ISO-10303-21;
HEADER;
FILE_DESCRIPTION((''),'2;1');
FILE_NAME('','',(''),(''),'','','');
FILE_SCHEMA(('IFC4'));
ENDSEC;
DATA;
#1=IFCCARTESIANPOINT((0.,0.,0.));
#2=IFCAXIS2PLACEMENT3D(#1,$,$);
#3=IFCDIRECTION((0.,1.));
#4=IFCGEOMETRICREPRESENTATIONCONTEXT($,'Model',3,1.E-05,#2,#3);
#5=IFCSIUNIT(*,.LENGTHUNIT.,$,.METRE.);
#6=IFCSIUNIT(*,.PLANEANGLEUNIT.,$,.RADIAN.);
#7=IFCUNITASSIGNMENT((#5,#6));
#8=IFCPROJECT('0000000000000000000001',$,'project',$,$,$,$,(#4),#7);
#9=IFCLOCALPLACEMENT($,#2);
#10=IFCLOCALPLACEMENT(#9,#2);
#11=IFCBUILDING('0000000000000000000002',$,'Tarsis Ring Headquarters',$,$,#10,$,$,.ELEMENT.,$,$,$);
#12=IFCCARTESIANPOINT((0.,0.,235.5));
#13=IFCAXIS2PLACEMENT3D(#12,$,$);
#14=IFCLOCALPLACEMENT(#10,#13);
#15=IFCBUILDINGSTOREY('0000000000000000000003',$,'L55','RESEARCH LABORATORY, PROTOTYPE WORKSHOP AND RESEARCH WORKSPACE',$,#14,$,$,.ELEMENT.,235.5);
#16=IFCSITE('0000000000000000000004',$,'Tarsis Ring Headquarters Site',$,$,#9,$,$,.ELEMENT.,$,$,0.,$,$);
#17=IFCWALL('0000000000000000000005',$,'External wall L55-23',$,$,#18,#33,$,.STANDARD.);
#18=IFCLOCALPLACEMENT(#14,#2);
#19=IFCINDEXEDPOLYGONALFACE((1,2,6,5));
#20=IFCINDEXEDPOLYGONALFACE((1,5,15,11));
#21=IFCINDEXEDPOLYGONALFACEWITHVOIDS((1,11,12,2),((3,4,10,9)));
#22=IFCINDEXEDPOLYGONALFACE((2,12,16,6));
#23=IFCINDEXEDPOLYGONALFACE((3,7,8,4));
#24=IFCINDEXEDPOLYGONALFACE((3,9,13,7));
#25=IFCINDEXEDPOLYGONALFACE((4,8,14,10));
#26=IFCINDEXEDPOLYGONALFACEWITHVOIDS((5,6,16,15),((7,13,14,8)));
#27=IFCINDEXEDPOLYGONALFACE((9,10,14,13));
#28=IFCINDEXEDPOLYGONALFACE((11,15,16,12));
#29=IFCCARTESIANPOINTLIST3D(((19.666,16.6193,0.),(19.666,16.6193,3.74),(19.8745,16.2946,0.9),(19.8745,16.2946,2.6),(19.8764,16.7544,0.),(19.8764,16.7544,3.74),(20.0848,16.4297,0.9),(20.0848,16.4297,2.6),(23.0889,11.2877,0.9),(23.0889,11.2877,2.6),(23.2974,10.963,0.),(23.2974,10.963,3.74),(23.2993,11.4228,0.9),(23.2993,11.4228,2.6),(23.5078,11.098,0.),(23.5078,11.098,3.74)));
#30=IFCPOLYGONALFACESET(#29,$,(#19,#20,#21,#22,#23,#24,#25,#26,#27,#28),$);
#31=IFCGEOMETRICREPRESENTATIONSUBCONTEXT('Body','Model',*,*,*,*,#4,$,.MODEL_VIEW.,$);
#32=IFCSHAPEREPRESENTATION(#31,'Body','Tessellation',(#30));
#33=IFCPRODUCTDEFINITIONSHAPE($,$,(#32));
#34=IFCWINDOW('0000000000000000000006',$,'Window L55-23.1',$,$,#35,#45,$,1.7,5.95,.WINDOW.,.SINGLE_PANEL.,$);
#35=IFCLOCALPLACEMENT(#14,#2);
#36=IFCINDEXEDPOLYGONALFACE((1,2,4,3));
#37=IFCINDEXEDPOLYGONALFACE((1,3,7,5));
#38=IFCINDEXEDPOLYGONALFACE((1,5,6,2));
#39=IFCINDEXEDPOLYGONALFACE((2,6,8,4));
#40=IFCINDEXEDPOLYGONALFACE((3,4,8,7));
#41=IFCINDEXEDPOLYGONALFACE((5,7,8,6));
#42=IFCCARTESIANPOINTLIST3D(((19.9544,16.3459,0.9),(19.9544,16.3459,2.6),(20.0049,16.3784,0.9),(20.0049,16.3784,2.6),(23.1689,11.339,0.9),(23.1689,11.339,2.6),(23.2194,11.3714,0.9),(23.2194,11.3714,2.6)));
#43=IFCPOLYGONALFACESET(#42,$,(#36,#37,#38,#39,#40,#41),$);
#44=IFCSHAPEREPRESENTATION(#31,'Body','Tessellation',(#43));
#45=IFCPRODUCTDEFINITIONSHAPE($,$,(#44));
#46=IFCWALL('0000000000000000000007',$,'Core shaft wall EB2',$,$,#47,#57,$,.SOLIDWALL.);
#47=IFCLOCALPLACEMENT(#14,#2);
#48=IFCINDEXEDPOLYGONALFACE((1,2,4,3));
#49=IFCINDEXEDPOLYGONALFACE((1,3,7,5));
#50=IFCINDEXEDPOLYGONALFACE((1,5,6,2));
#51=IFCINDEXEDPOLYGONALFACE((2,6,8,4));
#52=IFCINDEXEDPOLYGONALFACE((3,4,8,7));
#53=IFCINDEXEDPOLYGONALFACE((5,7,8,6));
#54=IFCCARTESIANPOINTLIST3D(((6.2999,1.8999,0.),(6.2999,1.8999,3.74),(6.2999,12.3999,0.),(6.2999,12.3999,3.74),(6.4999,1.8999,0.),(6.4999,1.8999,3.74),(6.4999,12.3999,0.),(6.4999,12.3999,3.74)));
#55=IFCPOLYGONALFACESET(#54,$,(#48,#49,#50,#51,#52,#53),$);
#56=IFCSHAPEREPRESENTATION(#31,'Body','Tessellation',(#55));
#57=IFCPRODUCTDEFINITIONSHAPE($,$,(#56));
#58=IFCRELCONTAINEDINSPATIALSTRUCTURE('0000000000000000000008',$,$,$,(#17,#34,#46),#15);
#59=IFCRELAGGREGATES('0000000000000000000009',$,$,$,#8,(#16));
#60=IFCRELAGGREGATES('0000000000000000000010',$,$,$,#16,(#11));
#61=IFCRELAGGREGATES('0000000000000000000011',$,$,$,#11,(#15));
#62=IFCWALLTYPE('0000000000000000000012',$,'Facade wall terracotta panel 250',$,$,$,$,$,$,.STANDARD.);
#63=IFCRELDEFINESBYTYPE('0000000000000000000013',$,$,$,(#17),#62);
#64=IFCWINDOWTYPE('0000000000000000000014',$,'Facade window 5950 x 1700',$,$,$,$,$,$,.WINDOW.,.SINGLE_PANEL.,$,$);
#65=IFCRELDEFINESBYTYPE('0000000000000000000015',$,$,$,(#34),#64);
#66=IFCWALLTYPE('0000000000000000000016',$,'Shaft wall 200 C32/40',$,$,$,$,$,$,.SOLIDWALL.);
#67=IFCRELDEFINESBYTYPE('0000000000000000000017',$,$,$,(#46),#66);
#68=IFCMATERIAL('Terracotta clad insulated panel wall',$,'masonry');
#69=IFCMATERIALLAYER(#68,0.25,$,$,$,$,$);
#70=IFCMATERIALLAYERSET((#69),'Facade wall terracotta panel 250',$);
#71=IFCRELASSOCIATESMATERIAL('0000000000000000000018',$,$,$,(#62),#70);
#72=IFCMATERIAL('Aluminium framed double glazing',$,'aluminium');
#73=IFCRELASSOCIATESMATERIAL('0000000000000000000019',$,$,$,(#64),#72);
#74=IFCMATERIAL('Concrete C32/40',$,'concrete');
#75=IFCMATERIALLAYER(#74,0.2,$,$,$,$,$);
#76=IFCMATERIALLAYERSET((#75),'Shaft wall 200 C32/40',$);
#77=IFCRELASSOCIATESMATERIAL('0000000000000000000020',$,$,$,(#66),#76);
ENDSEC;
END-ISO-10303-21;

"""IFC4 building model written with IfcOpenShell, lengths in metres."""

from ifc_helpers import new_model, si_unit, direction, frame, frame_2d, origin, place, context, subcontext, project, spatial, rectangle, extrude, material, layer, layer_set, type_object, element, fill, save


model = new_model("IFC4")

# Units and contexts
model_context = context("Model", 3, precision=1e-05, world=origin(), true_north=direction((0.0, 1.0)))
body_context = subcontext(model_context, "Body", "Model", "MODEL_VIEW")
ifc_project = project(units=[si_unit("LENGTHUNIT", "METRE"), si_unit("PLANEANGLEUNIT", "RADIAN")], contexts=[model_context])

# Site, building, storey
site_placement = place(None, origin())
site = spatial("IfcSite", under=ifc_project, at=site_placement, Name="Tarsis Ring Headquarters Site", CompositionType="ELEMENT", RefElevation=0.0)
building_placement = place(site_placement, origin())
building = spatial("IfcBuilding", under=site, at=building_placement, Name="Tarsis Ring Headquarters", CompositionType="ELEMENT")
storey_placement = place(building_placement, frame((0.0, 0.0, 235.5)))
storey = spatial("IfcBuildingStorey", under=building, at=storey_placement, Name="L55", Description="RESEARCH LABORATORY, PROTOTYPE WORKSHOP AND RESEARCH WORKSPACE", CompositionType="ELEMENT", Elevation=235.5)

# Wall, opening, window
ifc_material_1 = material(Name="Terracotta clad insulated panel wall", Category="masonry")
ifc_layer_1 = layer(ifc_material_1, 0.25)
ifc_layer_set_1 = layer_set([ifc_layer_1], Name="Facade wall terracotta panel 250")
wall_type_1 = type_object("IfcWallType", Name="Facade wall terracotta panel 250", PredefinedType="STANDARD", material=ifc_layer_set_1)
ifc_material_2 = material(Name="Aluminium framed double glazing", Category="aluminium")
window_type = type_object("IfcWindowType", Name="Facade window 5950 x 1700", PartitioningType="SINGLE_PANEL", PredefinedType="WINDOW", material=ifc_material_2)
wall_1_placement = place(storey_placement, frame((23.4026, 11.0305, 0.0), z_axis=(0.0, 0.0, 1.0), x_axis=(-0.540251, 0.841504, 0.0)))
wall_1 = element("IfcWall", 1, at=wall_1_placement, inside=storey, type_object=wall_type_1, Name="External wall L55-23", PredefinedType="STANDARD", context=body_context, shape_type="SweptSolid", body=[
    extrude(rectangle(XDim=6.7217, YDim=0.25, at=frame_2d((3.3608, 0.0))), origin(), (0.0, 0.0, 1.0), 3.74),
])
opening_1_placement = place(wall_1_placement, frame((0.3857, 0.0, 0.8999)))
opening_1 = element("IfcOpeningElement", 2, at=opening_1_placement, cuts=wall_1, PredefinedType="OPENING", context=body_context, shape_type="SweptSolid", body=[
    extrude(rectangle(XDim=5.95, YDim=1.7, at=frame_2d((2.9751, 0.8501))), frame((0.0, 0.135, 0.0), z_axis=(0.0, -1.0, 0.0), x_axis=(1.0, 0.0, 0.0)), (0.0, 0.0, 1.0), 0.27),
])
window_1_placement = place(opening_1_placement, origin())
window_1 = element("IfcWindow", 3, at=window_1_placement, inside=storey, type_object=window_type, Name="Window L55-23.1", OverallHeight=1.7, OverallWidth=5.95, PartitioningType="SINGLE_PANEL", PredefinedType="WINDOW", context=body_context, shape_type="SweptSolid", body=[
    extrude(rectangle(XDim=5.95, YDim=1.7, at=frame_2d((2.9751, 0.8501))), frame((0.0, 0.03, 0.0), z_axis=(0.0, -1.0, 0.0), x_axis=(1.0, 0.0, 0.0)), (0.0, 0.0, 1.0), 0.0601),
])
fill(opening_1, window_1)

# Wall
ifc_material_3 = material(Name="Concrete C32/40", Category="concrete")
ifc_layer_2 = layer(ifc_material_3, 0.2)
ifc_layer_set_2 = layer_set([ifc_layer_2], Name="Shaft wall 200 C32/40")
wall_type_2 = type_object("IfcWallType", Name="Shaft wall 200 C32/40", PredefinedType="SOLIDWALL", material=ifc_layer_set_2)
wall_2_placement = place(storey_placement, frame((6.3999, 1.8999, 0.0), z_axis=(0.0, 0.0, 1.0), x_axis=(0.0, 1.0, 0.0)))
element("IfcWall", 4, at=wall_2_placement, inside=storey, type_object=wall_type_2, Name="Core shaft wall EB2", PredefinedType="SOLIDWALL", context=body_context, shape_type="SweptSolid", body=[
    extrude(rectangle(XDim=10.5, YDim=0.2, at=frame_2d((5.25, 0.0))), origin(), (0.0, 0.0, 1.0), 3.74),
])

save(model, "model.ifc")
